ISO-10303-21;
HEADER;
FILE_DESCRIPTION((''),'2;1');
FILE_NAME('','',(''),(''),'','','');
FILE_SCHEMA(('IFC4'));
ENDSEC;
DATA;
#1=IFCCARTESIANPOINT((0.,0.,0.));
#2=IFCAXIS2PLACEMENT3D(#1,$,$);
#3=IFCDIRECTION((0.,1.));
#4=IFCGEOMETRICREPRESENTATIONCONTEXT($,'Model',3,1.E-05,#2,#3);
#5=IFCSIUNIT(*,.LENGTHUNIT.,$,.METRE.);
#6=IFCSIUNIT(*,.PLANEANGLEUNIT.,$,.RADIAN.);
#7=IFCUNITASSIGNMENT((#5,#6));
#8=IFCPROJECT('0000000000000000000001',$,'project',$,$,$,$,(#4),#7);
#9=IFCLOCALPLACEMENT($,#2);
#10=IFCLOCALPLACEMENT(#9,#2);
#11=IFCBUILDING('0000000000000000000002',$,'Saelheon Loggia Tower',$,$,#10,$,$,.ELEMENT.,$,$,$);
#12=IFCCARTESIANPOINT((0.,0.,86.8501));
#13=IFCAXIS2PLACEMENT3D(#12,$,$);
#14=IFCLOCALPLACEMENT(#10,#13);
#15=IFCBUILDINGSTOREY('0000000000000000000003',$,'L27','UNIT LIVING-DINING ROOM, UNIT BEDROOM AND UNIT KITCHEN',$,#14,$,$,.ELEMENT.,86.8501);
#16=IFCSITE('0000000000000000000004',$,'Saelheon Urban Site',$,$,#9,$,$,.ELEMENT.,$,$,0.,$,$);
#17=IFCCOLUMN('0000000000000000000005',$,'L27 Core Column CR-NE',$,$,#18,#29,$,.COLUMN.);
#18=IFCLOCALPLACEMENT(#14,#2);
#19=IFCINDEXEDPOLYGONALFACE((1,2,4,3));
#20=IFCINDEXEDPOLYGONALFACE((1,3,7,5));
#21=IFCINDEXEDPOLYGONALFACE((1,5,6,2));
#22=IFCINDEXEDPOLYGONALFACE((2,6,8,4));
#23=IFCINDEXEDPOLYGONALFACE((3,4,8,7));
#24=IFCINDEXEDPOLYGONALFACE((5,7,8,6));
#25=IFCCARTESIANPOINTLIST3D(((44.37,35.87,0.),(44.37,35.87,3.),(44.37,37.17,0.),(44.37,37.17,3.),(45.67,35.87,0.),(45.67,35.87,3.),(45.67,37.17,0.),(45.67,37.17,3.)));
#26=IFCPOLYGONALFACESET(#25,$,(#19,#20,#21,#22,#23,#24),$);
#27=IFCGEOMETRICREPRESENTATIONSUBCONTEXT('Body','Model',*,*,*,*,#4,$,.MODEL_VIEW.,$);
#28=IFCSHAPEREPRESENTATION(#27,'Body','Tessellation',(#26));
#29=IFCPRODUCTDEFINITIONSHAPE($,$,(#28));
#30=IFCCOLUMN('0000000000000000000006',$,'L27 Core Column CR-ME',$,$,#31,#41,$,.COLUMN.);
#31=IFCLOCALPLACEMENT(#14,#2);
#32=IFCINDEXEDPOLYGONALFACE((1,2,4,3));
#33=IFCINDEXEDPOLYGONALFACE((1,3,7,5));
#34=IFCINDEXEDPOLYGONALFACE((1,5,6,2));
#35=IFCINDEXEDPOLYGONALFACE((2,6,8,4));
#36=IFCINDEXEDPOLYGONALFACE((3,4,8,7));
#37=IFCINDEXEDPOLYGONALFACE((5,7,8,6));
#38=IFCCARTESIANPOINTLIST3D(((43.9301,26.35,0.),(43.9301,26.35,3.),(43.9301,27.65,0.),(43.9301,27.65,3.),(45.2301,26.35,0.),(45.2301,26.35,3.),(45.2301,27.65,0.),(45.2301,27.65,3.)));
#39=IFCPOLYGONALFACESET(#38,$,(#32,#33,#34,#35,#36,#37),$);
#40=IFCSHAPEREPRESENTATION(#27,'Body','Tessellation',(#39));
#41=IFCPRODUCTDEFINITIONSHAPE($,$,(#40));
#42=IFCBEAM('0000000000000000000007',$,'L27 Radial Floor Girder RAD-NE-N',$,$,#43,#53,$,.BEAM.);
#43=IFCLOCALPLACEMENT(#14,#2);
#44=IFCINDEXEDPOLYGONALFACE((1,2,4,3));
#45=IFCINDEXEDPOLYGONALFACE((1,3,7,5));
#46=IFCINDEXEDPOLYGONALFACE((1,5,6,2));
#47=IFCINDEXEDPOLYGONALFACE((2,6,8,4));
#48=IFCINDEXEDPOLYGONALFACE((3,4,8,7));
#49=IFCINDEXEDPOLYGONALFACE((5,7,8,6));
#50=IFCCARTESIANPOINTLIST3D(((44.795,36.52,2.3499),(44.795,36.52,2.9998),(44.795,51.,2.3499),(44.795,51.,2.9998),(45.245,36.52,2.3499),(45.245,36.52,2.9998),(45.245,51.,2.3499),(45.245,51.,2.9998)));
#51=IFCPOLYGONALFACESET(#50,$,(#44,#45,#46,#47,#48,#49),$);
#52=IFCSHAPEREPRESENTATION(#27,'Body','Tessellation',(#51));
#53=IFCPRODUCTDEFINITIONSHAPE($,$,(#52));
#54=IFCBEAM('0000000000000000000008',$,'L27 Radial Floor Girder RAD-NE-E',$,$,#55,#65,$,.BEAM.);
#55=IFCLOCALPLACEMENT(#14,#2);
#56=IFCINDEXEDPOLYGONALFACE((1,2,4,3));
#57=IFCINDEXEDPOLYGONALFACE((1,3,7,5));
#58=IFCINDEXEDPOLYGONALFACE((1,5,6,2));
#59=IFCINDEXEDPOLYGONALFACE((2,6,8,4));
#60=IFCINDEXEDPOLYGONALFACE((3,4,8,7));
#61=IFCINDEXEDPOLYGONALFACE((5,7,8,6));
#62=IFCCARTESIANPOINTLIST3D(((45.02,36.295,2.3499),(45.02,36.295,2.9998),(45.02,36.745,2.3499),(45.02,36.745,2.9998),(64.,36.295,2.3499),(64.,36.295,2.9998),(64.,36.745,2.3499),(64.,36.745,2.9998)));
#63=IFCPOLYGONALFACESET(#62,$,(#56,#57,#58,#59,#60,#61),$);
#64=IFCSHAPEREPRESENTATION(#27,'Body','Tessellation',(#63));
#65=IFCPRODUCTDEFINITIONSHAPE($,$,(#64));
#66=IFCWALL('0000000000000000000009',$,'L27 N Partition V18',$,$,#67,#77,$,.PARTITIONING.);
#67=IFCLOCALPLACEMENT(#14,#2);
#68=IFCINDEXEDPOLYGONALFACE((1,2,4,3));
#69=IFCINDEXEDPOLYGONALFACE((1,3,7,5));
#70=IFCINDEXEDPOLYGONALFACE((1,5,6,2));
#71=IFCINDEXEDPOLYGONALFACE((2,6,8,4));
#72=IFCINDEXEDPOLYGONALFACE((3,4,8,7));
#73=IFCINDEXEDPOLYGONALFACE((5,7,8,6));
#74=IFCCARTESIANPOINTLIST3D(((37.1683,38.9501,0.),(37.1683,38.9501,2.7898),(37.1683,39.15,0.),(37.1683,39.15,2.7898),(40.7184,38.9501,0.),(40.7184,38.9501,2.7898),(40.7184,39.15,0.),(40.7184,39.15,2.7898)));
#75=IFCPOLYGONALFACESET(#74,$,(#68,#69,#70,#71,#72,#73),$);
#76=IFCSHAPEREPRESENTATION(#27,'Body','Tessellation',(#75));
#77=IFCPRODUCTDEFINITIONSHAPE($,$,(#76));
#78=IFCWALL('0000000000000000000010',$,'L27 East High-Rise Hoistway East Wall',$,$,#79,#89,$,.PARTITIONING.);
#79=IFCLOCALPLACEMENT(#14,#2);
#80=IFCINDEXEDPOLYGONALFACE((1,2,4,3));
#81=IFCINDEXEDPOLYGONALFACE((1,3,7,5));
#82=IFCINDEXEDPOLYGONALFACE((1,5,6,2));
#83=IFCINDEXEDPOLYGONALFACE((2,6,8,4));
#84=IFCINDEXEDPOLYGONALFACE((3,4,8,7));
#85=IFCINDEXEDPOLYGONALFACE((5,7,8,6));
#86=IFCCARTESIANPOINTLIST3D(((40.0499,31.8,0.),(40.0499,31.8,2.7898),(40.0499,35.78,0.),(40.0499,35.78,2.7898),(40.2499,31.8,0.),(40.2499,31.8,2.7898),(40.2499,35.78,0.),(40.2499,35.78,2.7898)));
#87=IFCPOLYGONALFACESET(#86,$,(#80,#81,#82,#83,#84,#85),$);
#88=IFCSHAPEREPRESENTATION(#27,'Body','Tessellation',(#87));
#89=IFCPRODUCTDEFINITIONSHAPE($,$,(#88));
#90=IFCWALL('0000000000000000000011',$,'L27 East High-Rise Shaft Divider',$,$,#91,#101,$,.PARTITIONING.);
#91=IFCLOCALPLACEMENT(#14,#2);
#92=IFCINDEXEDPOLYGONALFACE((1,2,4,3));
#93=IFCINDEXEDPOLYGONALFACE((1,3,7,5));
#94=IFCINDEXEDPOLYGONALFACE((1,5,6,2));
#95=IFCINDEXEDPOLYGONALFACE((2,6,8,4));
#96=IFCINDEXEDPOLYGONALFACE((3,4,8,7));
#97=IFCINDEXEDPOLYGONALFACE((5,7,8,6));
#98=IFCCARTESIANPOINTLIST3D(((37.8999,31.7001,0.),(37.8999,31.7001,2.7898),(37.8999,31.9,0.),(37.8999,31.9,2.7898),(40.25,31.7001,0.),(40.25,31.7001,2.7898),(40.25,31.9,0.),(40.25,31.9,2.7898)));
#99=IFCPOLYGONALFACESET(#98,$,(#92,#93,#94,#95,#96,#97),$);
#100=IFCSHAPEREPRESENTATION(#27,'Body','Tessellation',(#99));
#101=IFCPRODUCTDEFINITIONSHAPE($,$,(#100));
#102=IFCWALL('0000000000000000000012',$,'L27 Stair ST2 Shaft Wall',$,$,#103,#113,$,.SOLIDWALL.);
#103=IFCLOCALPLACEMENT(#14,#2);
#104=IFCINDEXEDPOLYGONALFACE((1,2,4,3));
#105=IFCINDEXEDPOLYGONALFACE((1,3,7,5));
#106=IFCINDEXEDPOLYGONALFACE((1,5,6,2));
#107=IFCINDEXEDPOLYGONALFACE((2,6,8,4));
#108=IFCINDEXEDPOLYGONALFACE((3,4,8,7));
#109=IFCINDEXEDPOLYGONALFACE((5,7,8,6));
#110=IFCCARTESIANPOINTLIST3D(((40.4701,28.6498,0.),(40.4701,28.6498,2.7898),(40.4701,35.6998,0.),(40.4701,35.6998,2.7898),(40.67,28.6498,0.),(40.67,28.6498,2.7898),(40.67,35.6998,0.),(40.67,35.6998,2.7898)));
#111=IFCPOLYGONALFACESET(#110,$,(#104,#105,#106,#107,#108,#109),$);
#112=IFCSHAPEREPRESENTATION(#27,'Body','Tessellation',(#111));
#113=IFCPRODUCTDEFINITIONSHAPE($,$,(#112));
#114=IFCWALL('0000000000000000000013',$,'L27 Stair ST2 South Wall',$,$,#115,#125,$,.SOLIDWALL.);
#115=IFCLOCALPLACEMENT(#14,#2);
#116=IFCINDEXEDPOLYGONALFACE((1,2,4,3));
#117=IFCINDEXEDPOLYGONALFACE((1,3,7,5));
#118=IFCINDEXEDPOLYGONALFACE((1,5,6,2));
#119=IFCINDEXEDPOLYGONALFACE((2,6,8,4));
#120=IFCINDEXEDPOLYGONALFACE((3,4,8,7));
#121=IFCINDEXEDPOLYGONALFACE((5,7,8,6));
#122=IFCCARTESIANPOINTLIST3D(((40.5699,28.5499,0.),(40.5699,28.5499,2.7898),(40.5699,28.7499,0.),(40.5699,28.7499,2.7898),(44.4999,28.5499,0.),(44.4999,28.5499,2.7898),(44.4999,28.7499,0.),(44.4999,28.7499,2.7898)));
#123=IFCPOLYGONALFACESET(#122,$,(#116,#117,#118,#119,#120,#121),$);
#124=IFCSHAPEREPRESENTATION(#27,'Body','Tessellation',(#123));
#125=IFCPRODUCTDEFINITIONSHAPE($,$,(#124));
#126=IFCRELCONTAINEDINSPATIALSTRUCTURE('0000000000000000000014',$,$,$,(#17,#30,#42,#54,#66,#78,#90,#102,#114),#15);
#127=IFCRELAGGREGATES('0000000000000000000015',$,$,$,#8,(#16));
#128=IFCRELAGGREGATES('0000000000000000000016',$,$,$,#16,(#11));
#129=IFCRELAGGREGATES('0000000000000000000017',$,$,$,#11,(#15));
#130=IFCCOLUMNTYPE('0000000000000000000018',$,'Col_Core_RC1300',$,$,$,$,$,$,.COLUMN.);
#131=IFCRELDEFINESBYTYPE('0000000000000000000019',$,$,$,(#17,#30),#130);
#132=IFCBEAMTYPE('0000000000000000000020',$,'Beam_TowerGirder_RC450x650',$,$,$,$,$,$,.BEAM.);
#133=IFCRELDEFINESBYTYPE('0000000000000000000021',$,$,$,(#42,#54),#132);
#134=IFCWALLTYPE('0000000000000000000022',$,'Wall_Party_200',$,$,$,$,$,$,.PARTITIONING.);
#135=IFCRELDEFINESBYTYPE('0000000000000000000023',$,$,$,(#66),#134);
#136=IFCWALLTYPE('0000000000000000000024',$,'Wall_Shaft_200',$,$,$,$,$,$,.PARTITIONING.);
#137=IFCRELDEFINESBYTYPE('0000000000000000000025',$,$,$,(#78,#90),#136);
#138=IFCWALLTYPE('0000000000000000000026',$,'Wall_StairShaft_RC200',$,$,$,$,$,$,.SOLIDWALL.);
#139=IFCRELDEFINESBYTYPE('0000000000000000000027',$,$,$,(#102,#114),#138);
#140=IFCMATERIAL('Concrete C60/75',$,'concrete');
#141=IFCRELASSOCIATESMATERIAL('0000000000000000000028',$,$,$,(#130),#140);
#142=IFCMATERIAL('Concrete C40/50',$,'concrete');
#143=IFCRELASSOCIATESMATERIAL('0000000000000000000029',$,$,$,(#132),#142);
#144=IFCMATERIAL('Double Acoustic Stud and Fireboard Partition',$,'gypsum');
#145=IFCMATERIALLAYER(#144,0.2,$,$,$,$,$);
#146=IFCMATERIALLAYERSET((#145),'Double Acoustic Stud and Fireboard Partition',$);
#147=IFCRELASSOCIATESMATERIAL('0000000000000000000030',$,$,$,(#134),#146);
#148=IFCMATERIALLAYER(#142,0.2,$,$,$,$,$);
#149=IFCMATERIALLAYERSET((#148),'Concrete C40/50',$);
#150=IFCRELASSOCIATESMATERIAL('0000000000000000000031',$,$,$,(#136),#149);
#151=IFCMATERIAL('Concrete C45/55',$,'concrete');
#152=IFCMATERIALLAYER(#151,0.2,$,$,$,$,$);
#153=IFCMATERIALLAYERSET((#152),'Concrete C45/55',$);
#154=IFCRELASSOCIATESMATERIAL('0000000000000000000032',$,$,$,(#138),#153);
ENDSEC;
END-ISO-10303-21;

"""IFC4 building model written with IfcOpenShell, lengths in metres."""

from ifc_helpers import new_model, si_unit, direction, frame, frame_2d, origin, origin_2d, place, context, subcontext, project, spatial, rectangle, extrude, source, transform, mapped, material, layer, layer_set, material_profile, profile_set, type_object, element, save


model = new_model("IFC4")

# Units and contexts
model_context = context("Model", 3, precision=1e-05, world=origin(), true_north=direction((0.0, 1.0)))
body_context = subcontext(model_context, "Body", "Model", "MODEL_VIEW")
ifc_project = project(units=[si_unit("LENGTHUNIT", "METRE"), si_unit("PLANEANGLEUNIT", "RADIAN")], contexts=[model_context])

# Site, building, storey
site_placement = place(None, origin())
site = spatial("IfcSite", under=ifc_project, at=site_placement, Name="Saelheon Urban Site", CompositionType="ELEMENT", RefElevation=0.0)
building_placement = place(site_placement, origin())
building = spatial("IfcBuilding", under=site, at=building_placement, Name="Saelheon Loggia Tower", CompositionType="ELEMENT")
storey_placement = place(building_placement, frame((0.0, 0.0, 86.8501)))
storey = spatial("IfcBuildingStorey", under=building, at=storey_placement, Name="L27", Description="UNIT LIVING-DINING ROOM, UNIT BEDROOM AND UNIT KITCHEN", CompositionType="ELEMENT", Elevation=86.8501)

# Columns
ifc_material_1 = material(Name="Concrete C60/75", Category="concrete")
ifc_material_profile_1 = material_profile(ifc_material_1, rectangle(XDim=1.3, YDim=1.3, at=origin_2d()), Name="RC-1300x1300")
ifc_profile_set_1 = profile_set([ifc_material_profile_1], Name="Concrete C60/75")
column_type = type_object("IfcColumnType", Name="Col_Core_RC1300", PredefinedType="COLUMN", material=ifc_profile_set_1)
shared_shape_1 = source(origin(), body_context, "Body", "SweptSolid", [
    extrude(rectangle(XDim=1.3, YDim=1.3, at=origin_2d()), origin(), (0.0, 0.0, 1.0), 3.0),
])
for number, where, z_axis, x_axis, name in (
    (1, (45.02, 36.52, 0.0), (0.0, 0.0, 1.0), (1.0, 0.0, 0.0), "L27 Core Column CR-NE"),
    (2, (44.5801, 27.0, 0.0), (0.0, 0.0, 1.0), (1.0, 0.0, 0.0), "L27 Core Column CR-ME"),
):
    element("IfcColumn", number, at=place(storey_placement, frame(where, z_axis=z_axis, x_axis=x_axis)), inside=storey, type_object=column_type, Name=name, PredefinedType="COLUMN", context=body_context, shape_type="MappedRepresentation", body=[
        mapped(shared_shape_1, transform((0.0, 0.0, 0.0), scale=1.0)),
    ])

# Beams
ifc_material_2 = material(Name="Concrete C40/50", Category="concrete")
ifc_material_profile_2 = material_profile(ifc_material_2, rectangle(XDim=0.45, YDim=0.6499, at=origin_2d()), Name="RC-450x650")
ifc_profile_set_2 = profile_set([ifc_material_profile_2], Name="Concrete C40/50")
beam_type = type_object("IfcBeamType", Name="Beam_TowerGirder_RC450x650", PredefinedType="BEAM", material=ifc_profile_set_2)
shared_shape_2 = source(origin(), body_context, "Body", "SweptSolid", [
    extrude(rectangle(XDim=0.45, YDim=0.6499, at=origin_2d()), origin(), (0.0, 0.0, 1.0), 14.48),
])
beam_1_placement = place(storey_placement, frame((45.02, 36.52, 2.6748), z_axis=(0.0, 1.0, 0.0), x_axis=(-1.0, 0.0, 0.0)))
element("IfcBeam", 3, at=beam_1_placement, inside=storey, type_object=beam_type, Name="L27 Radial Floor Girder RAD-NE-N", PredefinedType="BEAM", context=body_context, shape_type="MappedRepresentation", body=[
    mapped(shared_shape_2, transform((0.0, 0.0, 0.0), scale=1.0)),
])
shared_shape_3 = source(origin(), body_context, "Body", "SweptSolid", [
    extrude(rectangle(XDim=0.45, YDim=0.6499, at=origin_2d()), origin(), (0.0, 0.0, 1.0), 18.98),
])
beam_2_placement = place(storey_placement, frame((45.02, 36.52, 2.6748), z_axis=(1.0, 0.0, 0.0), x_axis=(0.0, 1.0, 0.0)))
element("IfcBeam", 4, at=beam_2_placement, inside=storey, type_object=beam_type, Name="L27 Radial Floor Girder RAD-NE-E", PredefinedType="BEAM", context=body_context, shape_type="MappedRepresentation", body=[
    mapped(shared_shape_3, transform((0.0, 0.0, 0.0), scale=1.0)),
])

# Walls
ifc_material_3 = material(Name="Double Acoustic Stud and Fireboard Partition", Category="gypsum")
ifc_layer_1 = layer(ifc_material_3, 0.2)
ifc_layer_set_1 = layer_set([ifc_layer_1], Name="Double Acoustic Stud and Fireboard Partition")
wall_type_1 = type_object("IfcWallType", Name="Wall_Party_200", PredefinedType="PARTITIONING", material=ifc_layer_set_1)
wall_1_placement = place(storey_placement, frame((37.1685, 39.05, 0.0), z_axis=(0.0, 0.0, 1.0), x_axis=(1.0, 0.0, 0.0)))
element("IfcWall", 5, at=wall_1_placement, inside=storey, type_object=wall_type_1, Name="L27 N Partition V18", PredefinedType="PARTITIONING", context=body_context, shape_type="SweptSolid", body=[
    extrude(rectangle(XDim=3.55, YDim=0.2, at=frame_2d((1.7749, 0.0))), origin(), (0.0, 0.0, 1.0), 2.7898),
])
ifc_layer_2 = layer(ifc_material_2, 0.2)
ifc_layer_set_2 = layer_set([ifc_layer_2], Name="Concrete C40/50")
wall_type_2 = type_object("IfcWallType", Name="Wall_Shaft_200", PredefinedType="PARTITIONING", material=ifc_layer_set_2)
wall_2_placement = place(storey_placement, frame((40.1499, 31.8, 0.0), z_axis=(0.0, 0.0, 1.0), x_axis=(0.0, 1.0, 0.0)))
element("IfcWall", 6, at=wall_2_placement, inside=storey, type_object=wall_type_2, Name="L27 East High-Rise Hoistway East Wall", PredefinedType="PARTITIONING", context=body_context, shape_type="SweptSolid", body=[
    extrude(rectangle(XDim=3.98, YDim=0.2, at=frame_2d((1.99, 0.0))), origin(), (0.0, 0.0, 1.0), 2.7898),
])
wall_3_placement = place(storey_placement, frame((37.8999, 31.8, 0.0), z_axis=(0.0, 0.0, 1.0), x_axis=(1.0, 0.0, 0.0)))
element("IfcWall", 7, at=wall_3_placement, inside=storey, type_object=wall_type_2, Name="L27 East High-Rise Shaft Divider", PredefinedType="PARTITIONING", context=body_context, shape_type="SweptSolid", body=[
    extrude(rectangle(XDim=2.3501, YDim=0.2, at=frame_2d((1.175, 0.0))), origin(), (0.0, 0.0, 1.0), 2.7898),
])
ifc_material_4 = material(Name="Concrete C45/55", Category="concrete")
ifc_layer_3 = layer(ifc_material_4, 0.2)
ifc_layer_set_3 = layer_set([ifc_layer_3], Name="Concrete C45/55")
wall_type_3 = type_object("IfcWallType", Name="Wall_StairShaft_RC200", PredefinedType="SOLIDWALL", material=ifc_layer_set_3)
wall_4_placement = place(storey_placement, frame((40.5701, 28.6499, 0.0), z_axis=(0.0, 0.0, 1.0), x_axis=(0.0, 1.0, 0.0)))
element("IfcWall", 8, at=wall_4_placement, inside=storey, type_object=wall_type_3, Name="L27 Stair ST2 Shaft Wall", PredefinedType="SOLIDWALL", context=body_context, shape_type="SweptSolid", body=[
    extrude(rectangle(XDim=7.05, YDim=0.2, at=frame_2d((3.5249, 0.0))), origin(), (0.0, 0.0, 1.0), 2.7898),
])
wall_5_placement = place(storey_placement, frame((40.5701, 28.6499, 0.0), z_axis=(0.0, 0.0, 1.0), x_axis=(1.0, 0.0, 0.0)))
element("IfcWall", 9, at=wall_5_placement, inside=storey, type_object=wall_type_3, Name="L27 Stair ST2 South Wall", PredefinedType="SOLIDWALL", context=body_context, shape_type="SweptSolid", body=[
    extrude(rectangle(XDim=3.9299, YDim=0.2, at=frame_2d((1.9648, 0.0))), origin(), (0.0, 0.0, 1.0), 2.7898),
])

save(model, "model.ifc")
